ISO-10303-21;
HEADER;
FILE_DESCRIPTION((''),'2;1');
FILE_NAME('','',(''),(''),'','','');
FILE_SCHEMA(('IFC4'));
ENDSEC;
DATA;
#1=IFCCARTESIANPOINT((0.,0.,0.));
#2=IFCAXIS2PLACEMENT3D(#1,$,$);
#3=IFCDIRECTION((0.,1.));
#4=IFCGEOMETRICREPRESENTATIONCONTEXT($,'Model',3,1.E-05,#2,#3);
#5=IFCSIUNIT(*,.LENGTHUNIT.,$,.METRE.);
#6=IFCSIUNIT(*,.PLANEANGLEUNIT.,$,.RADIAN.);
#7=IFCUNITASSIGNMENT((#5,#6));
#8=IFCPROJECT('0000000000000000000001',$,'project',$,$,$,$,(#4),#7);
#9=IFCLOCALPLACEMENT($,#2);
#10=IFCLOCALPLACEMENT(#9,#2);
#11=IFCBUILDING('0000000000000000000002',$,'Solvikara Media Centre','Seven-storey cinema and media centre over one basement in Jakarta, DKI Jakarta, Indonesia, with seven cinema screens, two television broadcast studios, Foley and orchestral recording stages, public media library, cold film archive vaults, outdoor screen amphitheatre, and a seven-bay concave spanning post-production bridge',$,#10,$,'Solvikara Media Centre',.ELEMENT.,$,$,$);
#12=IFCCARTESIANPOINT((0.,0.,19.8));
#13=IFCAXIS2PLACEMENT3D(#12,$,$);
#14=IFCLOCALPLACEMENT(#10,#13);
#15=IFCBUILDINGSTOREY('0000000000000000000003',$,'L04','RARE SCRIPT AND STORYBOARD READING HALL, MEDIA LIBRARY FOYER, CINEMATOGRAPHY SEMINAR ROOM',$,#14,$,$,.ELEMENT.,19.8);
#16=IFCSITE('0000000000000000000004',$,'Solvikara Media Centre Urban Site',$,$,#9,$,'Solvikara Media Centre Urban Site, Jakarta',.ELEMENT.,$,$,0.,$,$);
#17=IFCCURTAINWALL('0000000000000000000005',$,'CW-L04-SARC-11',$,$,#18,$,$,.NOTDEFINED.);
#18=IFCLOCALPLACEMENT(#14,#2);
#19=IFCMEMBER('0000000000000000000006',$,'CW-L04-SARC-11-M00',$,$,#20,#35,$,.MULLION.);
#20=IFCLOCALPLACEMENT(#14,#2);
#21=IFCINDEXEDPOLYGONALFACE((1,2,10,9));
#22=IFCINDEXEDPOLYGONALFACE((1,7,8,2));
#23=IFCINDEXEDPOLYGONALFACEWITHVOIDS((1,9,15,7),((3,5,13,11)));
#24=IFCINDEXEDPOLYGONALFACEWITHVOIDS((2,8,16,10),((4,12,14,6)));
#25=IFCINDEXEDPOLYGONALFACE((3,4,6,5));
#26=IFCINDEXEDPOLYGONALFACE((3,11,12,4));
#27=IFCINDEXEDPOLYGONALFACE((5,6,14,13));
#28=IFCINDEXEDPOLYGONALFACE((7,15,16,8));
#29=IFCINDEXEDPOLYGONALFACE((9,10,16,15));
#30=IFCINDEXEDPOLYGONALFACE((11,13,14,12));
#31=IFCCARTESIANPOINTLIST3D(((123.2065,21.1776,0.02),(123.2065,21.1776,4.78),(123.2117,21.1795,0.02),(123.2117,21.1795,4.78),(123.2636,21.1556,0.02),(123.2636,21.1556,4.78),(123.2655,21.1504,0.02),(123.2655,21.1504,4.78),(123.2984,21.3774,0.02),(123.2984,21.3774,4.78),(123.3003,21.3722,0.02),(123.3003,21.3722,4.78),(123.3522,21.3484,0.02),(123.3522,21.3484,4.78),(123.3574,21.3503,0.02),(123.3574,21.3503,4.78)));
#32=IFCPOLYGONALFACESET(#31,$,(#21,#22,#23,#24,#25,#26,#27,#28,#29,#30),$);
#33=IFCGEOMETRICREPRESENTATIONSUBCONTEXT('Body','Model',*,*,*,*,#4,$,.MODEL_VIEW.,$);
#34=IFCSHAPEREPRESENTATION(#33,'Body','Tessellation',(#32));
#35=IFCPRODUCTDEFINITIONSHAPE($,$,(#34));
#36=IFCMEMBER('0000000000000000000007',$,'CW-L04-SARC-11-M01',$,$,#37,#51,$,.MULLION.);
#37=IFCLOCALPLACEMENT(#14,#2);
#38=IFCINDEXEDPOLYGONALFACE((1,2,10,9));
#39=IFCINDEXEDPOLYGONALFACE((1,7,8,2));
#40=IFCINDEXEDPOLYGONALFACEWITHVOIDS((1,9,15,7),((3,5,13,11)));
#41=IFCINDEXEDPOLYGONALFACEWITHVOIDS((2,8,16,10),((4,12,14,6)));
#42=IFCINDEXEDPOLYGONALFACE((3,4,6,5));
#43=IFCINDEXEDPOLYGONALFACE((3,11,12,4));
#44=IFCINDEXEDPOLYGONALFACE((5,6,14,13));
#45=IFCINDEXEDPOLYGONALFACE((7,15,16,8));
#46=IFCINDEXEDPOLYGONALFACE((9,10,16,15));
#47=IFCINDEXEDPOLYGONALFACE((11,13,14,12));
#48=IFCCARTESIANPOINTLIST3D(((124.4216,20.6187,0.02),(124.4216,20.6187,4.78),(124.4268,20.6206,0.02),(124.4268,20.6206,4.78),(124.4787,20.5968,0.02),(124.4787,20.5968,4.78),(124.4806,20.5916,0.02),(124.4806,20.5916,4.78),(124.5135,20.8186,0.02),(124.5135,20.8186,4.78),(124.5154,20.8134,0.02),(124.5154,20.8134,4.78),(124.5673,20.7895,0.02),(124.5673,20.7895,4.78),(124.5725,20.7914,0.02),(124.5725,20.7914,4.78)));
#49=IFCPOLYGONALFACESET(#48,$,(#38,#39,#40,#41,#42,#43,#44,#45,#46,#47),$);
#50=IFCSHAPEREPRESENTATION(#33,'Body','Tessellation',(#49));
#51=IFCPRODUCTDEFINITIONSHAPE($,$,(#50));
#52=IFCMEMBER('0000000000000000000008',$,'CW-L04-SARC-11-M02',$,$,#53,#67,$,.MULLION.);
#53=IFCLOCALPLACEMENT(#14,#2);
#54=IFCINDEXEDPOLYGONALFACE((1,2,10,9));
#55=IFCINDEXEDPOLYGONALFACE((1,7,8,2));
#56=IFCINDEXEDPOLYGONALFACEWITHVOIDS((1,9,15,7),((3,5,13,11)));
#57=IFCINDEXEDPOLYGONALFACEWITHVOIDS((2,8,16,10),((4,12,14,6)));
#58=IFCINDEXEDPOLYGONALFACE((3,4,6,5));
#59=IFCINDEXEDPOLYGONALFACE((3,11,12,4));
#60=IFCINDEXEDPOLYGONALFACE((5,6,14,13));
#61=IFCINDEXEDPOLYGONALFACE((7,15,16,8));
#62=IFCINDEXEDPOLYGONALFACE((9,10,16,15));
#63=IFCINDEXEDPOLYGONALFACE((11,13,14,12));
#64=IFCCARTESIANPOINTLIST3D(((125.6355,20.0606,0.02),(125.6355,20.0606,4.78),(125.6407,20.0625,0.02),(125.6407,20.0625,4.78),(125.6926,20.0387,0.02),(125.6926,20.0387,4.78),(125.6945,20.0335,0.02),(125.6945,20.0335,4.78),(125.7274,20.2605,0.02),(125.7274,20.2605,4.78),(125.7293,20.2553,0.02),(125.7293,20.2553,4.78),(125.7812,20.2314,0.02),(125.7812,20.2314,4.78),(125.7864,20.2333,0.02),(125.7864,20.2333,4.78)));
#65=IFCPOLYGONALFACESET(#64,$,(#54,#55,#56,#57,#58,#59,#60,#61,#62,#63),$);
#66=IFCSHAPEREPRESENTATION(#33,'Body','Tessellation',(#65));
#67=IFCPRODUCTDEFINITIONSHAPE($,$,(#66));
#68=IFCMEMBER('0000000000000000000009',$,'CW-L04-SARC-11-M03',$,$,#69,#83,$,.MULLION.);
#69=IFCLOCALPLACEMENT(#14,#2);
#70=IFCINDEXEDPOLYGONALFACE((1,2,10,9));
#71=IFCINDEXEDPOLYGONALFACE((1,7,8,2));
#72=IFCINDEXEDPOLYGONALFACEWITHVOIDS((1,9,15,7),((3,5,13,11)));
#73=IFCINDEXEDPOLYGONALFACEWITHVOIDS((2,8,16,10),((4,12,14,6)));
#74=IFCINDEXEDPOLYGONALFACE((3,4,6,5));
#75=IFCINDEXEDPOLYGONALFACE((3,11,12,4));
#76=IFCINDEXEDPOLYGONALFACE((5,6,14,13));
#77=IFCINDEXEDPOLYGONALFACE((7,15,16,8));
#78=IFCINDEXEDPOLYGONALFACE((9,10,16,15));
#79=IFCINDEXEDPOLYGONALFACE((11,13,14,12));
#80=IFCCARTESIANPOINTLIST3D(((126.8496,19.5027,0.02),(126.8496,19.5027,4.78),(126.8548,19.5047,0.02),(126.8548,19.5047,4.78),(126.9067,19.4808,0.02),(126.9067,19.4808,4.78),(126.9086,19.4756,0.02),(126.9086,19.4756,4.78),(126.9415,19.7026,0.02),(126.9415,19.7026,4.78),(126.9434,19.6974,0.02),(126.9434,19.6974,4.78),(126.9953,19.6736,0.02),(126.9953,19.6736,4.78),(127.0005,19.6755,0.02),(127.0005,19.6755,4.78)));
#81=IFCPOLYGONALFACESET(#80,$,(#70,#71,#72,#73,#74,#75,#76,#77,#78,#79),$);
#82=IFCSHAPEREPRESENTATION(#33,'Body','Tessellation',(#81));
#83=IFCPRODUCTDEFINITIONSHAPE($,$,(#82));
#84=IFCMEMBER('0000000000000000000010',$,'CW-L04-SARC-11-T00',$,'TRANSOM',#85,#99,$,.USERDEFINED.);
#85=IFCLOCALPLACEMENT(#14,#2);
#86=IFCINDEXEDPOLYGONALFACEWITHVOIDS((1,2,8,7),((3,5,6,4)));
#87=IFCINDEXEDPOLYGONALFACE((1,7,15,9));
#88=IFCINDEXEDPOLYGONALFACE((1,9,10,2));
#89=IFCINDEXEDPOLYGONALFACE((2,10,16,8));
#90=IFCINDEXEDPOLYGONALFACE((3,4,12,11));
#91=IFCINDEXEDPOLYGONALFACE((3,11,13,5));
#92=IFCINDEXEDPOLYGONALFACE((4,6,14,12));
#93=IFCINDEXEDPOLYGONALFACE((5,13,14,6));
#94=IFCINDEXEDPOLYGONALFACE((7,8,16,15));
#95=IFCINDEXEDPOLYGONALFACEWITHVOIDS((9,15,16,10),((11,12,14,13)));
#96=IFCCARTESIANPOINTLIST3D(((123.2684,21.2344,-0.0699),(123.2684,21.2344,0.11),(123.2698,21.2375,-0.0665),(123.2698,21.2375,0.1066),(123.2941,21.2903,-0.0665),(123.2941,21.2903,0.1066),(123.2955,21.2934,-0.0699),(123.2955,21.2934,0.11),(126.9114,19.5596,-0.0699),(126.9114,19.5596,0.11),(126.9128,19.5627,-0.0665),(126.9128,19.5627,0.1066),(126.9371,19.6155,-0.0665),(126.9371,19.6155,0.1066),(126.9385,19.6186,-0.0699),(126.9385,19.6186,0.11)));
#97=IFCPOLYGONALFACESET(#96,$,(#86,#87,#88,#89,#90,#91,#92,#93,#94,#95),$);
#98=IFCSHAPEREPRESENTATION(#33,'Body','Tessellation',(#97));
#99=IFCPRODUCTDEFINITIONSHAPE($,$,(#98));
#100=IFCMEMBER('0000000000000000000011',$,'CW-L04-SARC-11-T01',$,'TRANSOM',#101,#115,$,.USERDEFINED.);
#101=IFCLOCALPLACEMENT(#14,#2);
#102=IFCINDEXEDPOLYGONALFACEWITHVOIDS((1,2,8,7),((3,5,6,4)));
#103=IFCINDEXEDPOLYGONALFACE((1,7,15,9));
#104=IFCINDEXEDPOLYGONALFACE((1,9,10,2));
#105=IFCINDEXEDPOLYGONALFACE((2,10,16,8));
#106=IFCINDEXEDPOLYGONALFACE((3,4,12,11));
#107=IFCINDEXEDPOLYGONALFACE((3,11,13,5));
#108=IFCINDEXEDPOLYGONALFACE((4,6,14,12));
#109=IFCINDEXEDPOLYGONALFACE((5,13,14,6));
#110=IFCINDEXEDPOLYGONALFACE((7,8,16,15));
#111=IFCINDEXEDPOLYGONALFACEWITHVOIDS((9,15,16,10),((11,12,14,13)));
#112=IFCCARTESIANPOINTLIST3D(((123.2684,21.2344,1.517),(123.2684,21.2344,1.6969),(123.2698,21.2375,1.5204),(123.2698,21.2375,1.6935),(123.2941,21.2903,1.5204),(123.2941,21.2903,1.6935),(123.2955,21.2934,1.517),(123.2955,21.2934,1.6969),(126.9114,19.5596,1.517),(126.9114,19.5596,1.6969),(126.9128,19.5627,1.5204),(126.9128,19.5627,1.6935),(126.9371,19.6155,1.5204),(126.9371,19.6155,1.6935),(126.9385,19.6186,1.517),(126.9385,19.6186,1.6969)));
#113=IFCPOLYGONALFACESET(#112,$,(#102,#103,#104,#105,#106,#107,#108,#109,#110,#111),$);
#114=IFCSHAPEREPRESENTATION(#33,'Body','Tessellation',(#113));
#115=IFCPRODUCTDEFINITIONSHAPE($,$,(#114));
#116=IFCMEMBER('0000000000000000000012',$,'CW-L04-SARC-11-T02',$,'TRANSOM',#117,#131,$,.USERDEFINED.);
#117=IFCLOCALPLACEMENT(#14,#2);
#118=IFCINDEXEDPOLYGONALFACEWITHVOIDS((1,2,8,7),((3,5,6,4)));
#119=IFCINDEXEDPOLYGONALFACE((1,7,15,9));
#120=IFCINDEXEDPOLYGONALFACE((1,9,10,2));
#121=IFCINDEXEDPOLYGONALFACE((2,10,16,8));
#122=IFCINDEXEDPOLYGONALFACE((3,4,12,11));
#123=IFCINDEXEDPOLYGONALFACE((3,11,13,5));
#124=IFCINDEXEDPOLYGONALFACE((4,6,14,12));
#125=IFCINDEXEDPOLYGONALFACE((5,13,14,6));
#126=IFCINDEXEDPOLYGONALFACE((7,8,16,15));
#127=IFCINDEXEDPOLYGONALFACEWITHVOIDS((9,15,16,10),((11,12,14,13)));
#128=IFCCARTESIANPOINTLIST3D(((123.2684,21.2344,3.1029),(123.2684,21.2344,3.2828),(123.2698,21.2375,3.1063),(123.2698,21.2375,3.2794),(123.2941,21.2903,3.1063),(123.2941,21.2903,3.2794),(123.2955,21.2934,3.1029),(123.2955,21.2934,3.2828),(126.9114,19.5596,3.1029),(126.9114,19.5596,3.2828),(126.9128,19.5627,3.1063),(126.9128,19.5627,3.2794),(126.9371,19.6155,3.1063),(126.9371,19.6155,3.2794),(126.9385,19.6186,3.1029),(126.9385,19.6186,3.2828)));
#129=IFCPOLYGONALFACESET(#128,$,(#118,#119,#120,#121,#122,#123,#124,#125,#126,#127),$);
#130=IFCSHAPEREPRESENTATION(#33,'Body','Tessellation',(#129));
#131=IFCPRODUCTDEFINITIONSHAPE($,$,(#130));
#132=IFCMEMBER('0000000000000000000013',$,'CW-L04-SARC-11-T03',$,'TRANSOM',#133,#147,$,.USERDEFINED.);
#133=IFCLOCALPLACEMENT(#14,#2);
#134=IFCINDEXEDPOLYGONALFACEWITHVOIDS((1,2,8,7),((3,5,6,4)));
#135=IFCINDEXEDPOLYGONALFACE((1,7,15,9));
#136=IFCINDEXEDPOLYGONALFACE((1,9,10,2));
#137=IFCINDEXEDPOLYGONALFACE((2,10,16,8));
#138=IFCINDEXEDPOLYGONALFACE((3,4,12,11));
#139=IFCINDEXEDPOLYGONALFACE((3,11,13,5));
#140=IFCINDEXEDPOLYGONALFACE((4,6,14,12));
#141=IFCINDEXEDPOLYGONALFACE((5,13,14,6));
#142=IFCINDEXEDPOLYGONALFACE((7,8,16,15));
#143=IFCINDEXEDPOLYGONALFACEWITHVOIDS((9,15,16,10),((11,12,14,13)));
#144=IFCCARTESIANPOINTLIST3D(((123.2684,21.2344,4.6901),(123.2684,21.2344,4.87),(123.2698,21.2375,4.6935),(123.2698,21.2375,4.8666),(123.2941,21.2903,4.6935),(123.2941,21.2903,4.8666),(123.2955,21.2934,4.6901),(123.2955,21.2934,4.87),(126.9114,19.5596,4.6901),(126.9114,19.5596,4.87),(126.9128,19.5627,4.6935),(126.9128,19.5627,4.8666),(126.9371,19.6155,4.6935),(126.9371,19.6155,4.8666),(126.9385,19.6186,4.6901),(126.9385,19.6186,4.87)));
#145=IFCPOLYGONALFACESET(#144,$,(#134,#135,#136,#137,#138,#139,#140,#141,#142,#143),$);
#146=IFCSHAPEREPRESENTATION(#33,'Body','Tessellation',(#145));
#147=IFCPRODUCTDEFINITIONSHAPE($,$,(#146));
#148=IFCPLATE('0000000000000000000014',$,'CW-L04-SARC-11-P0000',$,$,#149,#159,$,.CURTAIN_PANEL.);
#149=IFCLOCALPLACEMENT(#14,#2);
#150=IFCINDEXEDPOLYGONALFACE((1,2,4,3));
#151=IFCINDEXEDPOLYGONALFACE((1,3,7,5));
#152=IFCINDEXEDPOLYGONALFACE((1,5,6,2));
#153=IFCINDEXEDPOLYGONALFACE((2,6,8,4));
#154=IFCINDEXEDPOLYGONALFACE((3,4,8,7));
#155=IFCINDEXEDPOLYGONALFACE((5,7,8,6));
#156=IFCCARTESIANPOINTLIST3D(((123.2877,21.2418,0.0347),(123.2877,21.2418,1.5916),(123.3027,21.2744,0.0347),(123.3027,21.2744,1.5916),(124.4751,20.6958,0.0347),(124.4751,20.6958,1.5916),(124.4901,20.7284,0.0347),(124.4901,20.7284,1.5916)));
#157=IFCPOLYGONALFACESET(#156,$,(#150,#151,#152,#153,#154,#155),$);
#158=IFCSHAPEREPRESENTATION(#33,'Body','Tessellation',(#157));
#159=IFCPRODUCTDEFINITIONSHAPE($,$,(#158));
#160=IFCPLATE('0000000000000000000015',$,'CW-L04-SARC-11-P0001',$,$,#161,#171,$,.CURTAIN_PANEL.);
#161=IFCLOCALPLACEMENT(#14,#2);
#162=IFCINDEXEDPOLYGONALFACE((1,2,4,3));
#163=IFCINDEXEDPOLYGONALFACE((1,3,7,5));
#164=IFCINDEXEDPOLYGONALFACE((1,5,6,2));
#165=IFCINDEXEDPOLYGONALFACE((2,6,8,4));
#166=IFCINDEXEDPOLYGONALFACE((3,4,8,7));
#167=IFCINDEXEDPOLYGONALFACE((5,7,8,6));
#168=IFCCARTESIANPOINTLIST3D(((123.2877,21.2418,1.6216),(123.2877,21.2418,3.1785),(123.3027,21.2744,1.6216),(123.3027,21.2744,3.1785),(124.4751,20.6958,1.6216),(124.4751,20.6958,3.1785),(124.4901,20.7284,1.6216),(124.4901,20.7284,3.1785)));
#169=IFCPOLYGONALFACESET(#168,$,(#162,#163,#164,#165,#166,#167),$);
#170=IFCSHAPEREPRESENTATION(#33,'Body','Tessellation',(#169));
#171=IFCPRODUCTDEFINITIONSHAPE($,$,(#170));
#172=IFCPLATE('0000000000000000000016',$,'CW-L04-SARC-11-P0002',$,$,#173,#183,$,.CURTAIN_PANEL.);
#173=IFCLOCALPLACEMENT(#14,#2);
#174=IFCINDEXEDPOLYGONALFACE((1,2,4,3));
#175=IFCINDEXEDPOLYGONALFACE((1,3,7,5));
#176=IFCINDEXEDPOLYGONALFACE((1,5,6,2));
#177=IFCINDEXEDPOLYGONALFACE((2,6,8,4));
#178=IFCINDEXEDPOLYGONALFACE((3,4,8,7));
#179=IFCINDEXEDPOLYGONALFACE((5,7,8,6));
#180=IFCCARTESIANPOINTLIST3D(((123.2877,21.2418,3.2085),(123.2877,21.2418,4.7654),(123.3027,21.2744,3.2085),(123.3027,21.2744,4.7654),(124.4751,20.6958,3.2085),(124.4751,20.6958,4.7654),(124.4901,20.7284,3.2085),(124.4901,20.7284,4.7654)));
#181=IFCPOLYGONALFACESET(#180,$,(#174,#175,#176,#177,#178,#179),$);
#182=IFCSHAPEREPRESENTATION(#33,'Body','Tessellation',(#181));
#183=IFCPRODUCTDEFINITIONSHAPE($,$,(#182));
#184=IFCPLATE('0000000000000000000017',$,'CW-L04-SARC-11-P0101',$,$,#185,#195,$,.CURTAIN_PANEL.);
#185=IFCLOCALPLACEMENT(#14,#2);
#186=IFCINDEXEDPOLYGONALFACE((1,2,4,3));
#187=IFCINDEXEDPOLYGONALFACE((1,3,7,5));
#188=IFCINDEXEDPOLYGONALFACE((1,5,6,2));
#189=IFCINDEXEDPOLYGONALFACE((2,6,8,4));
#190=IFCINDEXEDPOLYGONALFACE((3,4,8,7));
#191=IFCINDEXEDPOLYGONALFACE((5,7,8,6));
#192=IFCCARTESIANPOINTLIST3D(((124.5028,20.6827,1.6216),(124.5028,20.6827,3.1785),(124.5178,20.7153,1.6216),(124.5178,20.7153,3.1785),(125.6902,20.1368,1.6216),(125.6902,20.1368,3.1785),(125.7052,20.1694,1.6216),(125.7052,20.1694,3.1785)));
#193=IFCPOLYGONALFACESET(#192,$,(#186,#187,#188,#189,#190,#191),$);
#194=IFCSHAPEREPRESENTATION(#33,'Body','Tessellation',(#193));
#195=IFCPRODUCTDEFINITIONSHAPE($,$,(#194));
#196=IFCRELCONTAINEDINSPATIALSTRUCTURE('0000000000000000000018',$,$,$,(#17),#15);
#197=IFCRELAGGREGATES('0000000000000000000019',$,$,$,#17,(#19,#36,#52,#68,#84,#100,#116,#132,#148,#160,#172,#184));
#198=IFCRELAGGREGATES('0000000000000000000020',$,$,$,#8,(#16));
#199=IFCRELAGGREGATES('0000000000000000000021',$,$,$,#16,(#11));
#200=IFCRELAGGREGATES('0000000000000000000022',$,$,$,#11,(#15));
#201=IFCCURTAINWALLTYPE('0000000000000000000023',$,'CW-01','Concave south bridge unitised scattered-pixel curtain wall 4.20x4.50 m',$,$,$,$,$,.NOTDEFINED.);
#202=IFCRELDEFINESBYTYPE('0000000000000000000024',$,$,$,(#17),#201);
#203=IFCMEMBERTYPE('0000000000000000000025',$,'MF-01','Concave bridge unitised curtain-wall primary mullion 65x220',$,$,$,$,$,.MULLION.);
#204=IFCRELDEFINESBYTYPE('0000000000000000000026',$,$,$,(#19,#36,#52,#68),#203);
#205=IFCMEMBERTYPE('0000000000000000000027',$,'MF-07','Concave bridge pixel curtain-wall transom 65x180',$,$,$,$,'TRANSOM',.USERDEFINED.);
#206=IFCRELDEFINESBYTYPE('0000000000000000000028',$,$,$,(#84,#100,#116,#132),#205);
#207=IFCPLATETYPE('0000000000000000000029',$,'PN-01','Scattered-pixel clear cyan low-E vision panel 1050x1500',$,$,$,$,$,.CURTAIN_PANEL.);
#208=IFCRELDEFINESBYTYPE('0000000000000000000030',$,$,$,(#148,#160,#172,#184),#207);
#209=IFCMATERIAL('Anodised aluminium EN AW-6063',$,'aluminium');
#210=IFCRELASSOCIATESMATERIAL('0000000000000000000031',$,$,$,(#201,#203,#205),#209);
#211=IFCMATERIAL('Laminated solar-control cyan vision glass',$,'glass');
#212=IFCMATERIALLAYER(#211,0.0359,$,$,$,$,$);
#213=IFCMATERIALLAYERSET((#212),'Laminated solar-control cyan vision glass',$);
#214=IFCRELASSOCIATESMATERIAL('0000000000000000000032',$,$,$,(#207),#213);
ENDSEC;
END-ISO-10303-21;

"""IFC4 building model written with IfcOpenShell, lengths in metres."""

from ifc_helpers import new_model, si_unit, direction, frame, origin, origin_2d, place, context, subcontext, project, spatial, rectangle, hollow_rectangle, extrude, material, layer, layer_set, material_profile, profile_set, type_object, element, aggregate, save


model = new_model("IFC4")

# Units and contexts
model_context = context("Model", 3, precision=1e-05, world=origin(), true_north=direction((0.0, 1.0)))
body_context = subcontext(model_context, "Body", "Model", "MODEL_VIEW")
ifc_project = project(units=[si_unit("LENGTHUNIT", "METRE"), si_unit("PLANEANGLEUNIT", "RADIAN")], contexts=[model_context])

# Site, building, storey
site_placement = place(None, origin())
site = spatial("IfcSite", under=ifc_project, at=site_placement, Name="Solvikara Media Centre Urban Site", LongName="Solvikara Media Centre Urban Site, Jakarta", CompositionType="ELEMENT", RefElevation=0.0)
building_placement = place(site_placement, origin())
building = spatial("IfcBuilding", under=site, at=building_placement, Name="Solvikara Media Centre", Description="Seven-storey cinema and media centre over one basement in Jakarta, DKI Jakarta, Indonesia, with seven cinema screens, two television broadcast studios, Foley and orchestral recording stages, public media library, cold film archive vaults, outdoor screen amphitheatre, and a seven-bay concave spanning post-production bridge", LongName="Solvikara Media Centre", CompositionType="ELEMENT")
storey_placement = place(building_placement, frame((0.0, 0.0, 19.8)))
storey = spatial("IfcBuildingStorey", under=building, at=storey_placement, Name="L04", Description="RARE SCRIPT AND STORYBOARD READING HALL, MEDIA LIBRARY FOYER, CINEMATOGRAPHY SEMINAR ROOM", CompositionType="ELEMENT", Elevation=19.8)

# Curtain wall, members, plates
ifc_material_1 = material(Name="Anodised aluminium EN AW-6063", Category="aluminium")
curtain_wall_type = type_object("IfcCurtainWallType", Name="CW-01", Description="Concave south bridge unitised scattered-pixel curtain wall 4.20x4.50 m", PredefinedType="NOTDEFINED", material=ifc_material_1)
curtain_wall_placement = place(storey_placement, origin())
curtain_wall = element("IfcCurtainWall", 1, at=curtain_wall_placement, inside=storey, type_object=curtain_wall_type, Name="CW-L04-SARC-11", PredefinedType="NOTDEFINED")
ifc_material_profile_1 = material_profile(ifc_material_1, hollow_rectangle(XDim=0.0649, YDim=0.22, WallThickness=0.0039, at=origin_2d()), Name="ALU-M 65x220x4")
ifc_profile_set_1 = profile_set([ifc_material_profile_1], Name="Anodised aluminium EN AW-6063")
member_type_1 = type_object("IfcMemberType", Name="MF-01", Description="Concave bridge unitised curtain-wall primary mullion 65x220", PredefinedType="MULLION", material=ifc_profile_set_1)
member_1_placement = place(storey_placement, frame((123.282, 21.2639, 0.02), z_axis=(0.0, 0.0, 1.0), x_axis=(0.908567, -0.41774, 0.0)))
member_1 = element("IfcMember", 2, at=member_1_placement, type_object=member_type_1, Name="CW-L04-SARC-11-M00", PredefinedType="MULLION", context=body_context, shape_type="SweptSolid", body=[
    extrude(hollow_rectangle(XDim=0.0649, YDim=0.22, WallThickness=0.0039, at=origin_2d()), origin(), (0.0, 0.0, 1.0), 4.76),
])
member_2_placement = place(storey_placement, frame((124.4971, 20.7051, 0.02), z_axis=(0.0, 0.0, 1.0), x_axis=(0.908567, -0.41774, 0.0)))
member_2 = element("IfcMember", 3, at=member_2_placement, type_object=member_type_1, Name="CW-L04-SARC-11-M01", PredefinedType="MULLION", context=body_context, shape_type="SweptSolid", body=[
    extrude(hollow_rectangle(XDim=0.0649, YDim=0.22, WallThickness=0.0039, at=origin_2d()), origin(), (0.0, 0.0, 1.0), 4.76),
])
member_3_placement = place(storey_placement, frame((125.7109, 20.147, 0.02), z_axis=(0.0, 0.0, 1.0), x_axis=(0.908567, -0.41774, 0.0)))
member_3 = element("IfcMember", 4, at=member_3_placement, type_object=member_type_1, Name="CW-L04-SARC-11-M02", PredefinedType="MULLION", context=body_context, shape_type="SweptSolid", body=[
    extrude(hollow_rectangle(XDim=0.0649, YDim=0.22, WallThickness=0.0039, at=origin_2d()), origin(), (0.0, 0.0, 1.0), 4.76),
])
member_4_placement = place(storey_placement, frame((126.925, 19.5891, 0.02), z_axis=(0.0, 0.0, 1.0), x_axis=(0.908567, -0.41774, 0.0)))
member_4 = element("IfcMember", 5, at=member_4_placement, type_object=member_type_1, Name="CW-L04-SARC-11-M03", PredefinedType="MULLION", context=body_context, shape_type="SweptSolid", body=[
    extrude(hollow_rectangle(XDim=0.0649, YDim=0.22, WallThickness=0.0039, at=origin_2d()), origin(), (0.0, 0.0, 1.0), 4.76),
])
ifc_material_profile_2 = material_profile(ifc_material_1, hollow_rectangle(XDim=0.0649, YDim=0.1799, WallThickness=0.0034, at=origin_2d()), Name="ALU-T 65x180x3.5")
ifc_profile_set_2 = profile_set([ifc_material_profile_2], Name="Anodised aluminium EN AW-6063")
member_type_2 = type_object("IfcMemberType", Name="MF-07", Description="Concave bridge pixel curtain-wall transom 65x180", ElementType="TRANSOM", PredefinedType="USERDEFINED", material=ifc_profile_set_2)
member_5_placement = place(storey_placement, frame((123.282, 21.2639, 0.02), z_axis=(0.908586, -0.417699, 0.0), x_axis=(0.417699, 0.908586, 0.0)))
member_5 = element("IfcMember", 6, at=member_5_placement, type_object=member_type_2, Name="CW-L04-SARC-11-T00", ObjectType="TRANSOM", PredefinedType="USERDEFINED", context=body_context, shape_type="SweptSolid", body=[
    extrude(hollow_rectangle(XDim=0.0649, YDim=0.1799, WallThickness=0.0034, at=origin_2d()), origin(), (0.0, 0.0, 1.0), 4.0095),
])
member_6_placement = place(storey_placement, frame((123.282, 21.2639, 1.6069), z_axis=(0.908586, -0.417699, 0.0), x_axis=(0.417699, 0.908586, 0.0)))
member_6 = element("IfcMember", 7, at=member_6_placement, type_object=member_type_2, Name="CW-L04-SARC-11-T01", ObjectType="TRANSOM", PredefinedType="USERDEFINED", context=body_context, shape_type="SweptSolid", body=[
    extrude(hollow_rectangle(XDim=0.0649, YDim=0.1799, WallThickness=0.0034, at=origin_2d()), origin(), (0.0, 0.0, 1.0), 4.0095),
])
member_7_placement = place(storey_placement, frame((123.282, 21.2639, 3.1929), z_axis=(0.908586, -0.417699, 0.0), x_axis=(0.417699, 0.908586, 0.0)))
member_7 = element("IfcMember", 8, at=member_7_placement, type_object=member_type_2, Name="CW-L04-SARC-11-T02", ObjectType="TRANSOM", PredefinedType="USERDEFINED", context=body_context, shape_type="SweptSolid", body=[
    extrude(hollow_rectangle(XDim=0.0649, YDim=0.1799, WallThickness=0.0034, at=origin_2d()), origin(), (0.0, 0.0, 1.0), 4.0095),
])
member_8_placement = place(storey_placement, frame((123.282, 21.2639, 4.78), z_axis=(0.908586, -0.417699, 0.0), x_axis=(0.417699, 0.908586, 0.0)))
member_8 = element("IfcMember", 9, at=member_8_placement, type_object=member_type_2, Name="CW-L04-SARC-11-T03", ObjectType="TRANSOM", PredefinedType="USERDEFINED", context=body_context, shape_type="SweptSolid", body=[
    extrude(hollow_rectangle(XDim=0.0649, YDim=0.1799, WallThickness=0.0034, at=origin_2d()), origin(), (0.0, 0.0, 1.0), 4.0095),
])
ifc_material_2 = material(Name="Laminated solar-control cyan vision glass", Category="glass")
ifc_layer_1 = layer(ifc_material_2, 0.0359)
ifc_layer_set_1 = layer_set([ifc_layer_1], Name="Laminated solar-control cyan vision glass")
plate_type_1 = type_object("IfcPlateType", Name="PN-01", Description="Scattered-pixel clear cyan low-E vision panel 1050x1500", PredefinedType="CURTAIN_PANEL", material=ifc_layer_set_1)
plate_1_placement = place(storey_placement, frame((123.8889, 20.9851, 0.0347), z_axis=(0.0, 0.0, 1.0), x_axis=(0.908567, -0.41774, 0.0)))
plate_1 = element("IfcPlate", 10, at=plate_1_placement, type_object=plate_type_1, Name="CW-L04-SARC-11-P0000", PredefinedType="CURTAIN_PANEL", context=body_context, shape_type="SweptSolid", body=[
    extrude(rectangle(XDim=1.3069, YDim=0.0359, at=origin_2d()), origin(), (0.0, 0.0, 1.0), 1.5569),
])
plate_2_placement = place(storey_placement, frame((123.8889, 20.9851, 1.6216), z_axis=(0.0, 0.0, 1.0), x_axis=(0.908567, -0.41774, 0.0)))
plate_2 = element("IfcPlate", 11, at=plate_2_placement, type_object=plate_type_1, Name="CW-L04-SARC-11-P0001", PredefinedType="CURTAIN_PANEL", context=body_context, shape_type="SweptSolid", body=[
    extrude(rectangle(XDim=1.3069, YDim=0.0359, at=origin_2d()), origin(), (0.0, 0.0, 1.0), 1.5569),
])
plate_3_placement = place(storey_placement, frame((123.8889, 20.9851, 3.2085), z_axis=(0.0, 0.0, 1.0), x_axis=(0.908567, -0.41774, 0.0)))
plate_3 = element("IfcPlate", 12, at=plate_3_placement, type_object=plate_type_1, Name="CW-L04-SARC-11-P0002", PredefinedType="CURTAIN_PANEL", context=body_context, shape_type="SweptSolid", body=[
    extrude(rectangle(XDim=1.3069, YDim=0.0359, at=origin_2d()), origin(), (0.0, 0.0, 1.0), 1.5569),
])
plate_4_placement = place(storey_placement, frame((125.104, 20.426, 1.6216), z_axis=(0.0, 0.0, 1.0), x_axis=(0.908567, -0.41774, 0.0)))
plate_4 = element("IfcPlate", 13, at=plate_4_placement, type_object=plate_type_1, Name="CW-L04-SARC-11-P0101", PredefinedType="CURTAIN_PANEL", context=body_context, shape_type="SweptSolid", body=[
    extrude(rectangle(XDim=1.3069, YDim=0.0359, at=origin_2d()), origin(), (0.0, 0.0, 1.0), 1.5569),
])
aggregate(curtain_wall, [member_1, member_2, member_3, member_4, member_5, member_6, member_7, member_8, plate_1, plate_2, plate_3, plate_4])

save(model, "model.ifc")
